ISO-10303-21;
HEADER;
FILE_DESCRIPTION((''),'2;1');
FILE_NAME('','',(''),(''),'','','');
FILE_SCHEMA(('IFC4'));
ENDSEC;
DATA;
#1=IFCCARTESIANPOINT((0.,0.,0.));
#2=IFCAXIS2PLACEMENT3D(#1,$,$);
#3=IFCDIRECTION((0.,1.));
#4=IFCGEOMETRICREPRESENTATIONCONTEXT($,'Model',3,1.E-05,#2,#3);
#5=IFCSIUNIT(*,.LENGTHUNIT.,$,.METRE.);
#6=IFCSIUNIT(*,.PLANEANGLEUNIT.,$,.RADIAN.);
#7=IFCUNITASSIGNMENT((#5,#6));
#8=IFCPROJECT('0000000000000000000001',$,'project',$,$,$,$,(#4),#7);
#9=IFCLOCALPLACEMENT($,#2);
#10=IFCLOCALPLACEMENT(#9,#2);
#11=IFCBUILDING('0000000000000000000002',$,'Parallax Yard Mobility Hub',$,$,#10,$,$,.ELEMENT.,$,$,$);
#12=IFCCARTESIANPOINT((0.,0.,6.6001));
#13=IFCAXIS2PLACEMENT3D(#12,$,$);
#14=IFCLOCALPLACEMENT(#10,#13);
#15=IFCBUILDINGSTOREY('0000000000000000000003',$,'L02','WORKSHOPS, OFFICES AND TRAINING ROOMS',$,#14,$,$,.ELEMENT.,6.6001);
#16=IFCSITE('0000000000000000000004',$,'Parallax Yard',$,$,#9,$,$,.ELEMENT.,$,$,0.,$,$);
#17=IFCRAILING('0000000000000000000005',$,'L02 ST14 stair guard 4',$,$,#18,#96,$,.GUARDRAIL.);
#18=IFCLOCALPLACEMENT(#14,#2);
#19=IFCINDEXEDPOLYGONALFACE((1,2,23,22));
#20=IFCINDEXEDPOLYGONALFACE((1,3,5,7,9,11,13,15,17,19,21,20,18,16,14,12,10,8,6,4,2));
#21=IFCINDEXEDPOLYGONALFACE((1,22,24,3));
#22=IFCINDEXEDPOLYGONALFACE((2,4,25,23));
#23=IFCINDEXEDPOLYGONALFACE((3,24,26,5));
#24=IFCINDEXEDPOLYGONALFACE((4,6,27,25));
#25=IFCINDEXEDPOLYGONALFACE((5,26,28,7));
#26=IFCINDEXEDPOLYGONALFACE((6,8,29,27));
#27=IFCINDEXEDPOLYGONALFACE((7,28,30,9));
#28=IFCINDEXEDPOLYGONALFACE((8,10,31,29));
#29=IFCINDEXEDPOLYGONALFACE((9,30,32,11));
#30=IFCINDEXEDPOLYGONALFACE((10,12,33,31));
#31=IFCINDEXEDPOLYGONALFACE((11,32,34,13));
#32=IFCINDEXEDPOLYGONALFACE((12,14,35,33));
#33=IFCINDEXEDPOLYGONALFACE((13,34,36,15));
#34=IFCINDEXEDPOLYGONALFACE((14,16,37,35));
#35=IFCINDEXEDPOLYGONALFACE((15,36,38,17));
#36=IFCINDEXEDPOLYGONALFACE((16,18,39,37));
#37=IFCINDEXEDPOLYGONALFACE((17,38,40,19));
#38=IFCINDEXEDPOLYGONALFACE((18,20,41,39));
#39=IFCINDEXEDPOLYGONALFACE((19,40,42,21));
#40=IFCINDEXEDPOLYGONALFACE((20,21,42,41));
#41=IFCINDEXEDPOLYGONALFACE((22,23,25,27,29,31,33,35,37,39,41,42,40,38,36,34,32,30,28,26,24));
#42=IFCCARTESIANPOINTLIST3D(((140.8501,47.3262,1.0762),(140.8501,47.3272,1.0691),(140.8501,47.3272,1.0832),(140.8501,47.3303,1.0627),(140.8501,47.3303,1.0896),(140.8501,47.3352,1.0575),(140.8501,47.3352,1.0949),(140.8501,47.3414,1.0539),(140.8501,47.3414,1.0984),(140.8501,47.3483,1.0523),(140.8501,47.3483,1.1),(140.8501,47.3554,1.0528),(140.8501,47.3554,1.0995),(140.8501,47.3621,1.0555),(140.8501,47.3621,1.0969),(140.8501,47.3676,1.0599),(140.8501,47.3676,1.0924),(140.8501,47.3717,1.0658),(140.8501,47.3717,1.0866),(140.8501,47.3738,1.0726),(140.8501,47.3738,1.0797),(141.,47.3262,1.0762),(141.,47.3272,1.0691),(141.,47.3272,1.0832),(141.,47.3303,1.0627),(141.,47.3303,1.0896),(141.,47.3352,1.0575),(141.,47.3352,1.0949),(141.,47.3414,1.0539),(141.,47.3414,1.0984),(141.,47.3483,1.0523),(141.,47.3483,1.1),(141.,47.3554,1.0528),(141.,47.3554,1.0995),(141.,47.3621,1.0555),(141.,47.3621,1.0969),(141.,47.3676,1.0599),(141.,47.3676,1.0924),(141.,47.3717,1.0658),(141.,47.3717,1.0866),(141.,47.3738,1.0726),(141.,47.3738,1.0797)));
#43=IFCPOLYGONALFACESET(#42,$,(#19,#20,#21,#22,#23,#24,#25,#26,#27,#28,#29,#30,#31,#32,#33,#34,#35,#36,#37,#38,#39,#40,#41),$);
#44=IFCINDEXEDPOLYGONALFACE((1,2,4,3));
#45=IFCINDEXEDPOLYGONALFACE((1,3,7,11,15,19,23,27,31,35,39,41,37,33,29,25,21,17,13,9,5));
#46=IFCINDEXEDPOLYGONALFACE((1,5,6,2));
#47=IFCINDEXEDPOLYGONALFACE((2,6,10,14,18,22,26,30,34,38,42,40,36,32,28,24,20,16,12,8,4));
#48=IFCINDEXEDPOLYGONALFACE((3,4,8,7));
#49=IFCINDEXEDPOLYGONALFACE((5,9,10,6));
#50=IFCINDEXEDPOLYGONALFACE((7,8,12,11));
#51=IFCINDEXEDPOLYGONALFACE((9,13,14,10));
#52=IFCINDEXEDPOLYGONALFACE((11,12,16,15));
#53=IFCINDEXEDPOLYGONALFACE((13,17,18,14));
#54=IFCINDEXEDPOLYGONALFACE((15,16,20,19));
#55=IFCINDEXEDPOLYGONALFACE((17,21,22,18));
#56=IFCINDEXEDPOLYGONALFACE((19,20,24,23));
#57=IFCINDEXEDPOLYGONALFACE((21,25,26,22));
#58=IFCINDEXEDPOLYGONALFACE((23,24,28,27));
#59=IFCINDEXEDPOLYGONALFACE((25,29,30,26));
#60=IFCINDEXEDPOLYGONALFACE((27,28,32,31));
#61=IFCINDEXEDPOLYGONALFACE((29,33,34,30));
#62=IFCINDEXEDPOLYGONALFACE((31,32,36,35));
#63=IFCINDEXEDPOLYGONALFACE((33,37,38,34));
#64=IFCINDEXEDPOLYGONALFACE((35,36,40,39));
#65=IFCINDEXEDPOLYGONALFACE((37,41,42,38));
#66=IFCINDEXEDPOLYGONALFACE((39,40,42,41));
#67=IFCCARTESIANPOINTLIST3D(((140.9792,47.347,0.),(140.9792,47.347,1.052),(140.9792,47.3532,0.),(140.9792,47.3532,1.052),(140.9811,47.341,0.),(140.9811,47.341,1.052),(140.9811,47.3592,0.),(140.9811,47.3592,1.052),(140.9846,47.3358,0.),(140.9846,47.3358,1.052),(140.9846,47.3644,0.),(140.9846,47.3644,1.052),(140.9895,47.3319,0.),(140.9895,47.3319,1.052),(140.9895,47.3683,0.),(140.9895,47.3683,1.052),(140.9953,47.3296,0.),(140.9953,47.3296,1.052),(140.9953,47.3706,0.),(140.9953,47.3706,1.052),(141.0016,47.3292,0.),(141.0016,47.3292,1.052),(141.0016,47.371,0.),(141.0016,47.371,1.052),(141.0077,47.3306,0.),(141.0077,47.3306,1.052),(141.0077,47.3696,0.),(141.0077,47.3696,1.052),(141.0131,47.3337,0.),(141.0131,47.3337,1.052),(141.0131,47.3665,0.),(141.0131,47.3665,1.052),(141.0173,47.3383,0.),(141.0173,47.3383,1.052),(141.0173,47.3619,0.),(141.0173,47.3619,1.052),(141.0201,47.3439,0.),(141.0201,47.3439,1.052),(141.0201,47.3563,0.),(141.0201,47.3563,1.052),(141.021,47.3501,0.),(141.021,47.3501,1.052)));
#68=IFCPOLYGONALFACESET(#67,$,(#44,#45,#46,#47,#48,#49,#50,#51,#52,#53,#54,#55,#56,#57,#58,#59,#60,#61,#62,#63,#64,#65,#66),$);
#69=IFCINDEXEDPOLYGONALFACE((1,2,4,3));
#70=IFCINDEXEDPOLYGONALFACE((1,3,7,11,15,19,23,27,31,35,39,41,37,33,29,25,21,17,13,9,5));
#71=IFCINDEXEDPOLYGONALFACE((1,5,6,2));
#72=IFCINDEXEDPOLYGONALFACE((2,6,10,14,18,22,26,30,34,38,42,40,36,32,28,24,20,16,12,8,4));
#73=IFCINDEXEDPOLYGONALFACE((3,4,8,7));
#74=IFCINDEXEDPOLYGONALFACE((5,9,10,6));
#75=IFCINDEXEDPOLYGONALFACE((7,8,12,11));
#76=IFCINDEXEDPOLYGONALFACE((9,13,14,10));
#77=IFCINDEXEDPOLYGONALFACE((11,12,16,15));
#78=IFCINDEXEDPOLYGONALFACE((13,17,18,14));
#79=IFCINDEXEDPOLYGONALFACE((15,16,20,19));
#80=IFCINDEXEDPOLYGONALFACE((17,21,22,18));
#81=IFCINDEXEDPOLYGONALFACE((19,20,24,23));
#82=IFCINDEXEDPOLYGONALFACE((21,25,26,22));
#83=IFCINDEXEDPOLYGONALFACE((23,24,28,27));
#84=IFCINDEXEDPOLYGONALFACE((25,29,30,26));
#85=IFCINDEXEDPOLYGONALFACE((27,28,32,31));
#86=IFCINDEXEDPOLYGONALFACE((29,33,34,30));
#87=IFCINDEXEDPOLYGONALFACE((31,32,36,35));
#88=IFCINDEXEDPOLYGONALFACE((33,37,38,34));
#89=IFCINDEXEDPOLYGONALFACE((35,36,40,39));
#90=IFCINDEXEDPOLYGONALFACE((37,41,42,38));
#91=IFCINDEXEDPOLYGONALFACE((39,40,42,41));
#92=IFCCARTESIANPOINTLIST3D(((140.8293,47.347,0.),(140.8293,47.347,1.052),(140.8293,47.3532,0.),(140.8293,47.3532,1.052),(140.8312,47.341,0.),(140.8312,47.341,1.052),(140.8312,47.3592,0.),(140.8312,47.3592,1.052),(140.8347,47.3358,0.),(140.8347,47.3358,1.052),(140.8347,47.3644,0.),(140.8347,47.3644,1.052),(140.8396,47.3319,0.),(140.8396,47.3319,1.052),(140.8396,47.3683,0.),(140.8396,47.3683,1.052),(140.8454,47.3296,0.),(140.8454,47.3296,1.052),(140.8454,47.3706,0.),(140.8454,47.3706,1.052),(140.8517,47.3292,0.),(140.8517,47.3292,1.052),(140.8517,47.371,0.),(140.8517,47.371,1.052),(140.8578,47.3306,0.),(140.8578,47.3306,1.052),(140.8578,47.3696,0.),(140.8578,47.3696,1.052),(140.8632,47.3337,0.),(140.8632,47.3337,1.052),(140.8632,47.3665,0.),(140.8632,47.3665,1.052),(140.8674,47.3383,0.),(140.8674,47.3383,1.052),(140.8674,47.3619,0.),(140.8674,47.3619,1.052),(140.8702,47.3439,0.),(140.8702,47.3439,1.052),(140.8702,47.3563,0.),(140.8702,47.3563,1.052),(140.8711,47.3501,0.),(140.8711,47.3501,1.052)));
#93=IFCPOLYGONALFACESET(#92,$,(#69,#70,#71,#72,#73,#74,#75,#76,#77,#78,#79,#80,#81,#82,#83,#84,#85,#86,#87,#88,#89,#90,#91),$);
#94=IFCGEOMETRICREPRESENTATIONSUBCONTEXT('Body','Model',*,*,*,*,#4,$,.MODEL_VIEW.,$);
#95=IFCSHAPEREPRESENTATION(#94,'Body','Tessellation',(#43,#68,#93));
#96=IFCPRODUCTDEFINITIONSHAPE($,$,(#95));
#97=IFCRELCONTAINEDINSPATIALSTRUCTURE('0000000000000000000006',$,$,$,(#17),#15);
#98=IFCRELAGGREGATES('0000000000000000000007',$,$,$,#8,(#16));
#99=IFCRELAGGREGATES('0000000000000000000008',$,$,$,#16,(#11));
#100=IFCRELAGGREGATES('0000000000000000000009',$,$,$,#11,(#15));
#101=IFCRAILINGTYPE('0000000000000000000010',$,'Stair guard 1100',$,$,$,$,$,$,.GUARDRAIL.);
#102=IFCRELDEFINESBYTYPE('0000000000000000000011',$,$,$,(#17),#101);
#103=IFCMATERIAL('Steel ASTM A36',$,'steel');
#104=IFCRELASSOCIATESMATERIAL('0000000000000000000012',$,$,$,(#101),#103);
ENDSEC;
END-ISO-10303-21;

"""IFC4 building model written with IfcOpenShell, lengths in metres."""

from ifc_helpers import new_model, si_unit, direction, frame, origin, origin_2d, place, context, subcontext, project, spatial, circle, extrude, material, type_object, element, save


model = new_model("IFC4")

# Units and contexts
model_context = context("Model", 3, precision=1e-05, world=origin(), true_north=direction((0.0, 1.0)))
body_context = subcontext(model_context, "Body", "Model", "MODEL_VIEW")
ifc_project = project(units=[si_unit("LENGTHUNIT", "METRE"), si_unit("PLANEANGLEUNIT", "RADIAN")], contexts=[model_context])

# Site, building, storey
site_placement = place(None, origin())
site = spatial("IfcSite", under=ifc_project, at=site_placement, Name="Parallax Yard", CompositionType="ELEMENT", RefElevation=0.0)
building_placement = place(site_placement, origin())
building = spatial("IfcBuilding", under=site, at=building_placement, Name="Parallax Yard Mobility Hub", CompositionType="ELEMENT")
storey_placement = place(building_placement, frame((0.0, 0.0, 6.6001)))
storey = spatial("IfcBuildingStorey", under=building, at=storey_placement, Name="L02", Description="WORKSHOPS, OFFICES AND TRAINING ROOMS", CompositionType="ELEMENT", Elevation=6.6001)

# Railing
ifc_material_1 = material(Name="Steel ASTM A36", Category="steel")
railing_type_1 = type_object("IfcRailingType", Name="Stair guard 1100", PredefinedType="GUARDRAIL", material=ifc_material_1)
railing_1_placement = place(storey_placement, frame((141.0, 47.3501, 0.0)))
element("IfcRailing", 1, at=railing_1_placement, inside=storey, type_object=railing_type_1, Name="L02 ST14 stair guard 4", PredefinedType="GUARDRAIL", context=body_context, shape_type="SweptSolid", body=[
    extrude(circle(Radius=0.0239, at=origin_2d()), frame((0.0, 0.0, 1.0762), z_axis=(-1.0, 0.0, 0.0), x_axis=(0.0, -1.0, 0.0)), (0.0, 0.0, 1.0), 0.1499),
    extrude(circle(Radius=0.021, at=origin_2d()), origin(), (0.0, 0.0, 1.0), 1.052),
    extrude(circle(Radius=0.021, at=origin_2d()), frame((-0.1499, 0.0, 0.0)), (0.0, 0.0, 1.0), 1.052),
])

save(model, "model.ifc")
